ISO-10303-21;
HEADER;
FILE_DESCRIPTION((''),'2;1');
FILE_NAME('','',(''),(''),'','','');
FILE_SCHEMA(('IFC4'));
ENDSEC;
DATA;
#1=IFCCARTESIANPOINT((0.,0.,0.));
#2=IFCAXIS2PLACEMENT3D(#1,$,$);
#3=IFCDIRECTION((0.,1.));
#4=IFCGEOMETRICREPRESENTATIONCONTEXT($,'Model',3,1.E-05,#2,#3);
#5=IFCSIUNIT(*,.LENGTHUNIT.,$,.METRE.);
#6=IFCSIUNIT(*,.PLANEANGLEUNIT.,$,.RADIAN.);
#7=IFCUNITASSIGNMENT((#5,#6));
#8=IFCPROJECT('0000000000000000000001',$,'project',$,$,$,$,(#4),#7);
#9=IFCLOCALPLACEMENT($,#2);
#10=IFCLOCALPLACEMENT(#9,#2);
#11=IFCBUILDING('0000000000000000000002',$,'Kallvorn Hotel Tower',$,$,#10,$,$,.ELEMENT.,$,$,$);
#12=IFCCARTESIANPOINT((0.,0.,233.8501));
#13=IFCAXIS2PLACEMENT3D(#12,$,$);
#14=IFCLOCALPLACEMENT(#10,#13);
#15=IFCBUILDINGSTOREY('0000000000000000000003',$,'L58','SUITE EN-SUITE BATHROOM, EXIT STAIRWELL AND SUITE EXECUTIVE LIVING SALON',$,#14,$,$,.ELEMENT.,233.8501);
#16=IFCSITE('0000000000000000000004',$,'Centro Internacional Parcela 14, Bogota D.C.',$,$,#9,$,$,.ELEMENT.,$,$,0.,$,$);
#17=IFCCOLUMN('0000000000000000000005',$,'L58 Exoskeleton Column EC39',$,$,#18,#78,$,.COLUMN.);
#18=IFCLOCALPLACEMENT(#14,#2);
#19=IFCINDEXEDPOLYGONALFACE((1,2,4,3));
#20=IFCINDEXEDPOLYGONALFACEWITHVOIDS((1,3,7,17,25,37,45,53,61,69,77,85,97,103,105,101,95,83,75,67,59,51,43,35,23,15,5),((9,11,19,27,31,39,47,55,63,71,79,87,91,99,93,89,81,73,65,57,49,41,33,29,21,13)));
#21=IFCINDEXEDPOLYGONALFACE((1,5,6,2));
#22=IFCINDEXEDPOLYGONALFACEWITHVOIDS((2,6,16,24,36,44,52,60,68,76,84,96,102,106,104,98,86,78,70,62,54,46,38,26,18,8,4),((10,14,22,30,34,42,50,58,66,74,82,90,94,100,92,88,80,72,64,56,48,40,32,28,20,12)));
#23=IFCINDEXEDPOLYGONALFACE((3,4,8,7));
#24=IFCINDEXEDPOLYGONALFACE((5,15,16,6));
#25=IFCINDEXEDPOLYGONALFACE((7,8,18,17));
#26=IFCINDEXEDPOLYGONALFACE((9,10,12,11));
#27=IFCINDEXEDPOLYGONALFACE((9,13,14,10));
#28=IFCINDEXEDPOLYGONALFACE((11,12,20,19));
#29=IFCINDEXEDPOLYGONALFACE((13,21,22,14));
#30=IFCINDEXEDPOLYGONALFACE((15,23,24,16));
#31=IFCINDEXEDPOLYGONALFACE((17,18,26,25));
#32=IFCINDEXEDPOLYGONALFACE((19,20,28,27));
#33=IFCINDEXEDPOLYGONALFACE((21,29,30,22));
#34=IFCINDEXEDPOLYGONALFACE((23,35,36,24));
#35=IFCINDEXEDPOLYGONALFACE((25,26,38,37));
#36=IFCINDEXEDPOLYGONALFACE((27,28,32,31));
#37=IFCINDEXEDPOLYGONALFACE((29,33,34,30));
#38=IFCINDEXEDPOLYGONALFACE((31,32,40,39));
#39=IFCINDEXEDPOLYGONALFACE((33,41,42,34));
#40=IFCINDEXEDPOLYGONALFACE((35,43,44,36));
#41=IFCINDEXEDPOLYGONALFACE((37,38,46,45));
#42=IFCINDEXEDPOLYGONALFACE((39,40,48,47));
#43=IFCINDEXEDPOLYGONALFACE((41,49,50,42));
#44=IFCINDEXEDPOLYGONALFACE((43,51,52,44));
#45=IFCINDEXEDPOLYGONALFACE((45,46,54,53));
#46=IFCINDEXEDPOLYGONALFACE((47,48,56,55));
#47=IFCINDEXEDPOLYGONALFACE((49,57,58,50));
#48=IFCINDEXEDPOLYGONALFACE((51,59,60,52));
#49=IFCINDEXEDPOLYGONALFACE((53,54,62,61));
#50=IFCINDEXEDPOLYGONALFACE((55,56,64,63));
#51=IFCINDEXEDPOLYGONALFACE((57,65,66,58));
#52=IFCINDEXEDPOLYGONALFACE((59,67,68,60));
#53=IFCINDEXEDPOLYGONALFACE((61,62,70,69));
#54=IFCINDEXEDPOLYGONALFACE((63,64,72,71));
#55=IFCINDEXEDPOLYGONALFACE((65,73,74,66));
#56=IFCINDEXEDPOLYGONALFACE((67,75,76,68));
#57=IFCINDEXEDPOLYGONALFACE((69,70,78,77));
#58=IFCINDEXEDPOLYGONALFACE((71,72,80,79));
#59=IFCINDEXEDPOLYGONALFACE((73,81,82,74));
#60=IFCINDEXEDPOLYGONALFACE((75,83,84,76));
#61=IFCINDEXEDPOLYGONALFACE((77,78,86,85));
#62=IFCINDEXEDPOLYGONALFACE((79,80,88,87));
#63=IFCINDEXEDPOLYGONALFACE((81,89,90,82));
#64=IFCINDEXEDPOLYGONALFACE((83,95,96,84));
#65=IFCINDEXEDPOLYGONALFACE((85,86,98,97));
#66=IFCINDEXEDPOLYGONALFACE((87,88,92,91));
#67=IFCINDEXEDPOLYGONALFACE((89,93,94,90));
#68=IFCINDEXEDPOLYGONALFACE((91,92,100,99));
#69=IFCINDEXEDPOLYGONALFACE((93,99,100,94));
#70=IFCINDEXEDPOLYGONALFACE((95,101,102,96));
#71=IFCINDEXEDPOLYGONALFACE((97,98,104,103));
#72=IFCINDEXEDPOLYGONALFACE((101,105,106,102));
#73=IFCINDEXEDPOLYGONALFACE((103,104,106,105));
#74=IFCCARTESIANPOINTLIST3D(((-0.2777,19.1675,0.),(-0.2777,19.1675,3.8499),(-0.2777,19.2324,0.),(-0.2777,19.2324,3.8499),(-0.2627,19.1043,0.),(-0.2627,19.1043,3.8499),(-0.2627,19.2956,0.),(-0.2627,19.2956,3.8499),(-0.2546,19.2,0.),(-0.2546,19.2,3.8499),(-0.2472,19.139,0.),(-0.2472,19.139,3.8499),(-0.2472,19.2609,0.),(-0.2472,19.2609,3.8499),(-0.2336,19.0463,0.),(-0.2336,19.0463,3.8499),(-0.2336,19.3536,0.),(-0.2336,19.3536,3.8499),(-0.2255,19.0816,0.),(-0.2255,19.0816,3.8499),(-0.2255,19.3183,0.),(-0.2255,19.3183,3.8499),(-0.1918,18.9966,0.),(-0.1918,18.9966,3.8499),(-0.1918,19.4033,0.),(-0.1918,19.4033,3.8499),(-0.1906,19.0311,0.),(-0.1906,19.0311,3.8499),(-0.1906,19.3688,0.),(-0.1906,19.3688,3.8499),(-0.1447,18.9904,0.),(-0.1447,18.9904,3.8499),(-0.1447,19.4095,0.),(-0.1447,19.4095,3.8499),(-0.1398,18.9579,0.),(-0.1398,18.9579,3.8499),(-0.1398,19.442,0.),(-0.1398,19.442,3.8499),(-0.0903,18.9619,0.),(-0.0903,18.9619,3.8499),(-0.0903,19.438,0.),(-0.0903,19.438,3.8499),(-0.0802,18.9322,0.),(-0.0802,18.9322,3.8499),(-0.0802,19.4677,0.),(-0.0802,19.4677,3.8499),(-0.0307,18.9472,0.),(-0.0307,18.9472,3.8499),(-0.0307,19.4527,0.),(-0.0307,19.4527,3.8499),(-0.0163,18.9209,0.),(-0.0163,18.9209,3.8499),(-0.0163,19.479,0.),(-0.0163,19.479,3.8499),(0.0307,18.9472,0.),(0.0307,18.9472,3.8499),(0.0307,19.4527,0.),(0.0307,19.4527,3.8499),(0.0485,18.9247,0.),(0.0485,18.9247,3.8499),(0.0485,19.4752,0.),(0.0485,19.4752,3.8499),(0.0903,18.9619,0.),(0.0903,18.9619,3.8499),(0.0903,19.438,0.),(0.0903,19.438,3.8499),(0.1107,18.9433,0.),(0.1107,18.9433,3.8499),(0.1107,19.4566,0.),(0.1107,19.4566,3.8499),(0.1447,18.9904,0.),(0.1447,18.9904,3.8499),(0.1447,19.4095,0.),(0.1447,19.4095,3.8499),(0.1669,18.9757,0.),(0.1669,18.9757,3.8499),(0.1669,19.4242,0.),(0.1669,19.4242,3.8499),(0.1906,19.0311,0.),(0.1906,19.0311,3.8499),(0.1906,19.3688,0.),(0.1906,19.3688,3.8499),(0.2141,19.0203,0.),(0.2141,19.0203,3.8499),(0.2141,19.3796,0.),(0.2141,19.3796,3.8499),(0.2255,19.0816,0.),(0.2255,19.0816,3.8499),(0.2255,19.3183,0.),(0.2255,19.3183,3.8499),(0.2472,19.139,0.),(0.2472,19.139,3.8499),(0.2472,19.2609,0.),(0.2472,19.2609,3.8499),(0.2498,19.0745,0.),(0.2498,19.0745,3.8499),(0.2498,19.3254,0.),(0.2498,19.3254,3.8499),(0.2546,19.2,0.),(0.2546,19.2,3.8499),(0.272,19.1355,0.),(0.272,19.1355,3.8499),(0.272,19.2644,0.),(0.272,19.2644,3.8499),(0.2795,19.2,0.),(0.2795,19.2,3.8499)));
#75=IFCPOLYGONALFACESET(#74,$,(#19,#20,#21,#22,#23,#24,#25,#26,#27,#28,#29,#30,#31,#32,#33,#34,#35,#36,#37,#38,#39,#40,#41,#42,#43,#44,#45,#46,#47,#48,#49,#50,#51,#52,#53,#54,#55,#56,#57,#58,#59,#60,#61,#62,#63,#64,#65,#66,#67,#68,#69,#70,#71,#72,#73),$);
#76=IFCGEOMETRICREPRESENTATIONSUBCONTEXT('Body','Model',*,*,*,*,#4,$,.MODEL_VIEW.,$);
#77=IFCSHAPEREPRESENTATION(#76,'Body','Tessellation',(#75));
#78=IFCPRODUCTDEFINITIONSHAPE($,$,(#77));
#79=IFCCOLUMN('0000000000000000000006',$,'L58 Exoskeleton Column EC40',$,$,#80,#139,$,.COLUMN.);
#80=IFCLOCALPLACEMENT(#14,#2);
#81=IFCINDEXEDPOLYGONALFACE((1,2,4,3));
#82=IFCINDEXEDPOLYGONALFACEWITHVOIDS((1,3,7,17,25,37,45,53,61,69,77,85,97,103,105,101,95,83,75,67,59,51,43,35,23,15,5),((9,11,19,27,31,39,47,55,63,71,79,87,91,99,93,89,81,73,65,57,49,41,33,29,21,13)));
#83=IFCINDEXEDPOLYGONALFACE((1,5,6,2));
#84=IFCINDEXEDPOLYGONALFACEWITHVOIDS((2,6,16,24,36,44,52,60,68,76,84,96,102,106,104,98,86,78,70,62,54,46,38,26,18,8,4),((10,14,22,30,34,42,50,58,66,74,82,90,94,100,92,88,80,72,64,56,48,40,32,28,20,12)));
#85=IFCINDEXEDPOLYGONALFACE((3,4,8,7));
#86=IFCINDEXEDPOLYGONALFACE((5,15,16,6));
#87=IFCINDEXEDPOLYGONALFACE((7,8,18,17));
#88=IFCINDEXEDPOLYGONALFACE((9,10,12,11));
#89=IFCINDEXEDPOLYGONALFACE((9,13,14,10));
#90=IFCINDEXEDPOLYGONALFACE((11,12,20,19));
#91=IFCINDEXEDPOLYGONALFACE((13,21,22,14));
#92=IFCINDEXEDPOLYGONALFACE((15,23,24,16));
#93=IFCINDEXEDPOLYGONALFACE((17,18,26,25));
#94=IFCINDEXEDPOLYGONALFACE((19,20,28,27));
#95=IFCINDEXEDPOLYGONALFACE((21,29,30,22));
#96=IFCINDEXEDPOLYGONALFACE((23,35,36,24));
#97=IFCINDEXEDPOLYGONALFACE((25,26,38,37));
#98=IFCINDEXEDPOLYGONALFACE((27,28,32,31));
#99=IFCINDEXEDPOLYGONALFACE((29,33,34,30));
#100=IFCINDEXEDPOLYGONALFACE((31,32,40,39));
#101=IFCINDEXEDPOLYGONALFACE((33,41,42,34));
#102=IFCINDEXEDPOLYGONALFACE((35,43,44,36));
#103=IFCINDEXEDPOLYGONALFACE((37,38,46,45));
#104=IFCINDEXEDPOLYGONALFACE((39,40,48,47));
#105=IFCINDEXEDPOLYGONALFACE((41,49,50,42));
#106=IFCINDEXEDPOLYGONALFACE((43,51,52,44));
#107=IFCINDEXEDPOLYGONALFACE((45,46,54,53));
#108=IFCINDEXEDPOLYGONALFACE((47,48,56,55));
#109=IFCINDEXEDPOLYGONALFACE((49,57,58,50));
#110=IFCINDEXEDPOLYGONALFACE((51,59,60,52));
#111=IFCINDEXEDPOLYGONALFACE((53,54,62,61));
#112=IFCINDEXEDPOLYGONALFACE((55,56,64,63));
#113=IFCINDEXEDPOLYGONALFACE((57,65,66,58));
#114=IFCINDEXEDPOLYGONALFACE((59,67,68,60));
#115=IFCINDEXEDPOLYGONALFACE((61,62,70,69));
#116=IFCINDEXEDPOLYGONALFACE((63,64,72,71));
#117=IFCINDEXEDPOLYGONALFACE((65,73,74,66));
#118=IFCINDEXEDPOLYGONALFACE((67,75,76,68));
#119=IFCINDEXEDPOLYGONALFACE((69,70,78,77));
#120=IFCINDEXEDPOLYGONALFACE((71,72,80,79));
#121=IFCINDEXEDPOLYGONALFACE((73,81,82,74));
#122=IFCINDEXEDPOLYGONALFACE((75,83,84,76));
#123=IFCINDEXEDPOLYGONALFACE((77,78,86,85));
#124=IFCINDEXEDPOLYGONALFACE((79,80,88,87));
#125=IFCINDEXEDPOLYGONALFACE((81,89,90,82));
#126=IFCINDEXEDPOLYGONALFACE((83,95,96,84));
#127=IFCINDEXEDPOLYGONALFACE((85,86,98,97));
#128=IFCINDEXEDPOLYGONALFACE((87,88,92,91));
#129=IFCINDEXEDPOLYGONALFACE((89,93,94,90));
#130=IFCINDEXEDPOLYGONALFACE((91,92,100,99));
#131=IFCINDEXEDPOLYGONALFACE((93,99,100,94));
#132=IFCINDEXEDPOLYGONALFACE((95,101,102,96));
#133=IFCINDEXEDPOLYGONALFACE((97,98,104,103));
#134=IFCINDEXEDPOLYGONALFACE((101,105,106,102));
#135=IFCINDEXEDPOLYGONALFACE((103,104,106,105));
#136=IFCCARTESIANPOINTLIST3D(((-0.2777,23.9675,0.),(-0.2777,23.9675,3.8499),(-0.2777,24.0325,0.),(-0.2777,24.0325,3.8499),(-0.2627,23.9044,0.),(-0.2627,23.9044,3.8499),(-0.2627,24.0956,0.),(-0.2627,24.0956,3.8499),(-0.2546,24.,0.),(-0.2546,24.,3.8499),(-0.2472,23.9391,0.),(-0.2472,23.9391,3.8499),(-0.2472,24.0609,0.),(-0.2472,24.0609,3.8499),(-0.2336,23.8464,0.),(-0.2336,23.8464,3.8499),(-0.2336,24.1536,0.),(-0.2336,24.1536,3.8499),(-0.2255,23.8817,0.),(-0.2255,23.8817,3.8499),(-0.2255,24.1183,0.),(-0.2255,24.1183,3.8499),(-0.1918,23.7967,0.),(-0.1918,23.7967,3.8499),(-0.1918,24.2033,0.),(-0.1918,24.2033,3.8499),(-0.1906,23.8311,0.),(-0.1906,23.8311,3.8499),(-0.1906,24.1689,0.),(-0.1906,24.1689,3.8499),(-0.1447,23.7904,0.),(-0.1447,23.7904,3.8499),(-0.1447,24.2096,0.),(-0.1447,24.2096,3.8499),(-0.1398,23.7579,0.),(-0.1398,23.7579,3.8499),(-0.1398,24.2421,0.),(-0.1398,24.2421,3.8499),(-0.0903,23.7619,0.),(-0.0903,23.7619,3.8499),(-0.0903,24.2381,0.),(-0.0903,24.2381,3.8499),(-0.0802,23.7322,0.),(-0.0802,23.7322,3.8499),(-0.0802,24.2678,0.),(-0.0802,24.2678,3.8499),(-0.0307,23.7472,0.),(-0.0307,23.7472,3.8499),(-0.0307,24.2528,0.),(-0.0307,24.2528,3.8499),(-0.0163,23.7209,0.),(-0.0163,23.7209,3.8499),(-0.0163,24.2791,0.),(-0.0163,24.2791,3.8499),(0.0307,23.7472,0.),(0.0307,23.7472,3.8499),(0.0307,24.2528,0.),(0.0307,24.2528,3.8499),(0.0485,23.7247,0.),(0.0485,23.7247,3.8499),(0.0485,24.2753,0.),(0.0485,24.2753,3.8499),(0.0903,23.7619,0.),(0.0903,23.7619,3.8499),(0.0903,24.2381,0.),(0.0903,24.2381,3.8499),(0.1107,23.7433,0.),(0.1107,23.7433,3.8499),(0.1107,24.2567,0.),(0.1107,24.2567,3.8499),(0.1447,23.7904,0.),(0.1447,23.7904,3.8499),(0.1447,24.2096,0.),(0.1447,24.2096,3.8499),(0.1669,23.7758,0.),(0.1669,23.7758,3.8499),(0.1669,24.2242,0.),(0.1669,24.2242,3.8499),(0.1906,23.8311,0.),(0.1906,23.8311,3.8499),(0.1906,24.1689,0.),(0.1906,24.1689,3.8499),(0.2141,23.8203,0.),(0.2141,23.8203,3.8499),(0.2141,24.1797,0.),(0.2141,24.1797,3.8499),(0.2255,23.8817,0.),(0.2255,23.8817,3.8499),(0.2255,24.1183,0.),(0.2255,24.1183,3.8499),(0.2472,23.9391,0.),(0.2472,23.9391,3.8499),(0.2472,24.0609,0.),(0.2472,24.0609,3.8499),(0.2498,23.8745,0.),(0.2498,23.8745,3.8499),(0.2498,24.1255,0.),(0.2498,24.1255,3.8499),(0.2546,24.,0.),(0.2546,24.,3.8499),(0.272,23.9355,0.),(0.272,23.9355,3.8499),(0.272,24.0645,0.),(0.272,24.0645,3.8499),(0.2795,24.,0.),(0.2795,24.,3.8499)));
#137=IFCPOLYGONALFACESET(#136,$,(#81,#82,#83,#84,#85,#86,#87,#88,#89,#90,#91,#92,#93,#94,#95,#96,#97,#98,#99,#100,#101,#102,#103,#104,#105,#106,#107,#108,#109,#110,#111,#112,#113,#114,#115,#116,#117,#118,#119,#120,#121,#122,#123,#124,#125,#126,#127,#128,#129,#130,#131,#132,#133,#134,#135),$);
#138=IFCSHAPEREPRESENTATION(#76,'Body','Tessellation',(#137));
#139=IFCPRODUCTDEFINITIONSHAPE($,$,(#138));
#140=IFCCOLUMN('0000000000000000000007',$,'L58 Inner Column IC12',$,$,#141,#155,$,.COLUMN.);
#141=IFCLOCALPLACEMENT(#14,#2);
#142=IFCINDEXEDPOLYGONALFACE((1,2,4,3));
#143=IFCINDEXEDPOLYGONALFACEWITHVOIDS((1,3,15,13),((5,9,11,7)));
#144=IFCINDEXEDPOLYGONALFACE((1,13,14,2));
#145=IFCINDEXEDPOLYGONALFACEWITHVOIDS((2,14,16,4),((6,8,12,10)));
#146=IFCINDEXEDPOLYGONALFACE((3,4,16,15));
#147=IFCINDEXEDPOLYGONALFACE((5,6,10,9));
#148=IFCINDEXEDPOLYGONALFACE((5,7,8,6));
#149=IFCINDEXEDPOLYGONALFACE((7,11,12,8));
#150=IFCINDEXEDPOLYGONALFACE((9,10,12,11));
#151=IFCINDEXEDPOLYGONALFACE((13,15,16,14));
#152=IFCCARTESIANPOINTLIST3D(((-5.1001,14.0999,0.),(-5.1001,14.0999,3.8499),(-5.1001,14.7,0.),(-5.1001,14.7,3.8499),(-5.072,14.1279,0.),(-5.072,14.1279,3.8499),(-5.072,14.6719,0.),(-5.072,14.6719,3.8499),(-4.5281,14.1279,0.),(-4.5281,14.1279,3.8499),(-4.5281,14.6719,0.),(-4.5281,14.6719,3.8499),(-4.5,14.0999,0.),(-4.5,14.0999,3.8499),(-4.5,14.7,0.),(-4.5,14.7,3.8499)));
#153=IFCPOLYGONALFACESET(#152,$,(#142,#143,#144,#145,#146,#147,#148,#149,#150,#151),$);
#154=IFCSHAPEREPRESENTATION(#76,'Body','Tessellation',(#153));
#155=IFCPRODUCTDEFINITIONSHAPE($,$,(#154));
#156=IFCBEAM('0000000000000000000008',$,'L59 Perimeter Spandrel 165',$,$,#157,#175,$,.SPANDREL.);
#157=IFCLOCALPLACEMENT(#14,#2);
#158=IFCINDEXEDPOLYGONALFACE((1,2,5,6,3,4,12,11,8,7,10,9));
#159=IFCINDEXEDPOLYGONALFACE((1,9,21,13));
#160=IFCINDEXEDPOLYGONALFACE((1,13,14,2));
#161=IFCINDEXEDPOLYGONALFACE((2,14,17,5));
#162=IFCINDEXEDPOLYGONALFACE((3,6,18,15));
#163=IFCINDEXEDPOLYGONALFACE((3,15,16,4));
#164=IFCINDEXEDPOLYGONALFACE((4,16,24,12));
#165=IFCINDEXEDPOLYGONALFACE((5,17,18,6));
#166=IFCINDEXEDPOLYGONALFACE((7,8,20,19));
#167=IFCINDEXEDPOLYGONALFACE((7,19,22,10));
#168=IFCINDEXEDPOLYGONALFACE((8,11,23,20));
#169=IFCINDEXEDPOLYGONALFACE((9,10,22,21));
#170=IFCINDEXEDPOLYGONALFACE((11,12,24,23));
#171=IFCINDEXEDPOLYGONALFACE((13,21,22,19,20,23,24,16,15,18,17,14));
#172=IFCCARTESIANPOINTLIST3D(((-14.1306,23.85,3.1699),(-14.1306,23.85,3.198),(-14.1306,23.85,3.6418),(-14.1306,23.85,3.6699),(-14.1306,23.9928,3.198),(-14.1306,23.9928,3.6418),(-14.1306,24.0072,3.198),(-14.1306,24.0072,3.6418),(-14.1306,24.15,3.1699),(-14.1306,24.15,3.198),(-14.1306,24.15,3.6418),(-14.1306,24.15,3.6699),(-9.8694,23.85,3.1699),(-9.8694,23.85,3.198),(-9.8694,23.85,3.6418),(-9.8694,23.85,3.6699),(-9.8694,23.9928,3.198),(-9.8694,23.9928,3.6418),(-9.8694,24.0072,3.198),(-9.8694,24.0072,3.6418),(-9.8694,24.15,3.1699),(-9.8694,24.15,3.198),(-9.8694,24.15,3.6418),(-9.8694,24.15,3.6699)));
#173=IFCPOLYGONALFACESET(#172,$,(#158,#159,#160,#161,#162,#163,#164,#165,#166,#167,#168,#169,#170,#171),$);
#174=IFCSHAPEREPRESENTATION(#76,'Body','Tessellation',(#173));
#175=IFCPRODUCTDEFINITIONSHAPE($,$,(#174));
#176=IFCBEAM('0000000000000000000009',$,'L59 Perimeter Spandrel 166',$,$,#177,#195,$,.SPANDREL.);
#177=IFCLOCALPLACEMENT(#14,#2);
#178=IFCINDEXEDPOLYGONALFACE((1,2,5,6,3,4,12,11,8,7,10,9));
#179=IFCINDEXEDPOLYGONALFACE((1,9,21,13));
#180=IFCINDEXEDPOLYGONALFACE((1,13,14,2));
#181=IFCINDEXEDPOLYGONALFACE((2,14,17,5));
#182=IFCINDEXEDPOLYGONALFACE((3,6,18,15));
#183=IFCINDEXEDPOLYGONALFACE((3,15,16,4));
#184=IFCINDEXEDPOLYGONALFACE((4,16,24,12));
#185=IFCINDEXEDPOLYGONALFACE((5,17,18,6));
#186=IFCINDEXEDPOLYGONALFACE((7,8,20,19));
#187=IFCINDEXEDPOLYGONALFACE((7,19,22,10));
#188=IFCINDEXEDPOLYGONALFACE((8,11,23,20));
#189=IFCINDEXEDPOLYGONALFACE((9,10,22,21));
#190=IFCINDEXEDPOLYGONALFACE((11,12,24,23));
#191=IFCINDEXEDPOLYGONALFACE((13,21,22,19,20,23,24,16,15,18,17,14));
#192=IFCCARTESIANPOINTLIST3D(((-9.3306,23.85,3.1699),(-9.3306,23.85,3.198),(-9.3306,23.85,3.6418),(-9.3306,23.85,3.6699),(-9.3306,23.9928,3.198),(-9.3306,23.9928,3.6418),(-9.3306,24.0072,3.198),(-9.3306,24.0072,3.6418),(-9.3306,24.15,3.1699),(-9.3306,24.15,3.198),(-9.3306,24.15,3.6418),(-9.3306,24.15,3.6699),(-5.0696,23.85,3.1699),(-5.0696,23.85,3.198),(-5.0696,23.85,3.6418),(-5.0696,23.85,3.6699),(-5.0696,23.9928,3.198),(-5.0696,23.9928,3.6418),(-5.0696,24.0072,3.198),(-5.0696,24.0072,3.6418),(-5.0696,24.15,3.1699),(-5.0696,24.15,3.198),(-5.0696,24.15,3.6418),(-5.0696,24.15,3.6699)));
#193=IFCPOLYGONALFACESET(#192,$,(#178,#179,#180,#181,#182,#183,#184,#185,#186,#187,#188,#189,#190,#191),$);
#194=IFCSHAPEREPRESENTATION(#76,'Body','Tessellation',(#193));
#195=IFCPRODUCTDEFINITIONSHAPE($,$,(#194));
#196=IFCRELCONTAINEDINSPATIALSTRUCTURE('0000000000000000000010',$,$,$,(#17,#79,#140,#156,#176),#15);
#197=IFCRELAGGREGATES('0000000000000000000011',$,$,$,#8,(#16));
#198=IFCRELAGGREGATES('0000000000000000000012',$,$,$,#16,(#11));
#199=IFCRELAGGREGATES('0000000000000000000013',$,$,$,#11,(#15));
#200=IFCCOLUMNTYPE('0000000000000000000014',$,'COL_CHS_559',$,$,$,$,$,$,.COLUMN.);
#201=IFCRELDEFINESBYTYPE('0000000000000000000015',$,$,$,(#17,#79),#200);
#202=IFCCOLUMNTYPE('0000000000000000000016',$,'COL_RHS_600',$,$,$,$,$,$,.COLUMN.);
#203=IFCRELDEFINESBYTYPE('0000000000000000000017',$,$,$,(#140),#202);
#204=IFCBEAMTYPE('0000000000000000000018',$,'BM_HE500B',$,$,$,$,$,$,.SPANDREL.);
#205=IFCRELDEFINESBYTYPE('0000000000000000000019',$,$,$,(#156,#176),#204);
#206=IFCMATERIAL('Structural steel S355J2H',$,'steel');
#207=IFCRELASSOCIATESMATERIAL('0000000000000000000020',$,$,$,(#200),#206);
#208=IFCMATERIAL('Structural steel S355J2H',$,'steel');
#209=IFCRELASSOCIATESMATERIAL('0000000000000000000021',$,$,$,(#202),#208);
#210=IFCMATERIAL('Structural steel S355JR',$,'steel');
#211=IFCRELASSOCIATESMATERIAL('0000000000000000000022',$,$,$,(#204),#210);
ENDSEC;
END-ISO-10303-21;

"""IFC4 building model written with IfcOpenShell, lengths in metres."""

from ifc_helpers import new_model, si_unit, direction, frame, origin, origin_2d, place, context, subcontext, project, spatial, hollow_rectangle, hollow_circle, i_section, extrude, material, material_profile, profile_set, type_object, element, save


model = new_model("IFC4")

# Units and contexts
model_context = context("Model", 3, precision=1e-05, world=origin(), true_north=direction((0.0, 1.0)))
body_context = subcontext(model_context, "Body", "Model", "MODEL_VIEW")
ifc_project = project(units=[si_unit("LENGTHUNIT", "METRE"), si_unit("PLANEANGLEUNIT", "RADIAN")], contexts=[model_context])

# Site, building, storey
site_placement = place(None, origin())
site = spatial("IfcSite", under=ifc_project, at=site_placement, Name="Centro Internacional Parcela 14, Bogota D.C.", CompositionType="ELEMENT", RefElevation=0.0)
building_placement = place(site_placement, origin())
building = spatial("IfcBuilding", under=site, at=building_placement, Name="Kallvorn Hotel Tower", CompositionType="ELEMENT")
storey_placement = place(building_placement, frame((0.0, 0.0, 233.8501)))
storey = spatial("IfcBuildingStorey", under=building, at=storey_placement, Name="L58", Description="SUITE EN-SUITE BATHROOM, EXIT STAIRWELL AND SUITE EXECUTIVE LIVING SALON", CompositionType="ELEMENT", Elevation=233.8501)

# Columns
ifc_material_1 = material(Name="Structural steel S355J2H", Category="steel")
ifc_material_profile_1 = material_profile(ifc_material_1, hollow_circle(Radius=0.2795, WallThickness=0.0249, at=origin_2d()), Name="CHS 559x25")
ifc_profile_set_1 = profile_set([ifc_material_profile_1], Name="Structural steel S355J2H")
column_type_1 = type_object("IfcColumnType", Name="COL_CHS_559", PredefinedType="COLUMN", material=ifc_profile_set_1)
for number, where, z_axis, x_axis, name in (
    (1, (0.0, 19.2, 0.0), (0.0, 0.0, 1.0), (1.0, 0.0, 0.0), "L58 Exoskeleton Column EC39"),
    (2, (0.0, 24.0, 0.0), (0.0, 0.0, 1.0), (1.0, 0.0, 0.0), "L58 Exoskeleton Column EC40"),
):
    element("IfcColumn", number, at=place(storey_placement, frame(where, z_axis=z_axis, x_axis=x_axis)), inside=storey, type_object=column_type_1, Name=name, PredefinedType="COLUMN", context=body_context, shape_type="SweptSolid", body=[
        extrude(hollow_circle(Radius=0.2795, WallThickness=0.0249, at=origin_2d()), origin(), (0.0, 0.0, 1.0), 3.8499),
    ])
ifc_material_2 = material(Name="Structural steel S355J2H", Category="steel")
ifc_material_profile_2 = material_profile(ifc_material_2, hollow_rectangle(XDim=0.6001, YDim=0.6001, WallThickness=0.0281, at=origin_2d()), Name="RHS 600x600x28")
ifc_profile_set_2 = profile_set([ifc_material_profile_2], Name="Structural steel S355J2H")
column_type_2 = type_object("IfcColumnType", Name="COL_RHS_600", PredefinedType="COLUMN", material=ifc_profile_set_2)
column_placement = place(storey_placement, frame((-4.8, 14.3999, 0.0), z_axis=(0.0, 0.0, 1.0), x_axis=(1.0, 0.0, 0.0)))
element("IfcColumn", 3, at=column_placement, inside=storey, type_object=column_type_2, Name="L58 Inner Column IC12", PredefinedType="COLUMN", context=body_context, shape_type="SweptSolid", body=[
    extrude(hollow_rectangle(XDim=0.6001, YDim=0.6001, WallThickness=0.0281, at=origin_2d()), origin(), (0.0, 0.0, 1.0), 3.8499),
])

# Beams
ifc_material_3 = material(Name="Structural steel S355JR", Category="steel")
ifc_material_profile_3 = material_profile(ifc_material_3, i_section(OverallWidth=0.3, OverallDepth=0.5, WebThickness=0.0144, FlangeThickness=0.0281, at=origin_2d()), Name="HE 500 B")
ifc_profile_set_3 = profile_set([ifc_material_profile_3], Name="Structural steel S355JR")
beam_type_1 = type_object("IfcBeamType", Name="BM_HE500B", PredefinedType="SPANDREL", material=ifc_profile_set_3)
beam_1_placement = place(storey_placement, frame((-14.1306, 24.0, 3.4199), z_axis=(1.0, 0.0, 0.0), x_axis=(0.0, 1.0, 0.0)))
element("IfcBeam", 4, at=beam_1_placement, inside=storey, type_object=beam_type_1, Name="L59 Perimeter Spandrel 165", PredefinedType="SPANDREL", context=body_context, shape_type="SweptSolid", body=[
    extrude(i_section(OverallWidth=0.3, OverallDepth=0.5, WebThickness=0.0144, FlangeThickness=0.0281, at=origin_2d()), origin(), (0.0, 0.0, 1.0), 4.2612),
])
for number, where, z_axis, x_axis, name in (
    (5, (-9.3306, 24.0, 3.4199), (1.0, 0.0, 0.0), (0.0, 1.0, 0.0), "L59 Perimeter Spandrel 166"),
):
    element("IfcBeam", number, at=place(storey_placement, frame(where, z_axis=z_axis, x_axis=x_axis)), inside=storey, type_object=beam_type_1, Name=name, PredefinedType="SPANDREL", context=body_context, shape_type="SweptSolid", body=[
        extrude(i_section(OverallWidth=0.3, OverallDepth=0.5, WebThickness=0.0144, FlangeThickness=0.0281, at=origin_2d()), origin(), (0.0, 0.0, 1.0), 4.261),
    ])

save(model, "model.ifc")
